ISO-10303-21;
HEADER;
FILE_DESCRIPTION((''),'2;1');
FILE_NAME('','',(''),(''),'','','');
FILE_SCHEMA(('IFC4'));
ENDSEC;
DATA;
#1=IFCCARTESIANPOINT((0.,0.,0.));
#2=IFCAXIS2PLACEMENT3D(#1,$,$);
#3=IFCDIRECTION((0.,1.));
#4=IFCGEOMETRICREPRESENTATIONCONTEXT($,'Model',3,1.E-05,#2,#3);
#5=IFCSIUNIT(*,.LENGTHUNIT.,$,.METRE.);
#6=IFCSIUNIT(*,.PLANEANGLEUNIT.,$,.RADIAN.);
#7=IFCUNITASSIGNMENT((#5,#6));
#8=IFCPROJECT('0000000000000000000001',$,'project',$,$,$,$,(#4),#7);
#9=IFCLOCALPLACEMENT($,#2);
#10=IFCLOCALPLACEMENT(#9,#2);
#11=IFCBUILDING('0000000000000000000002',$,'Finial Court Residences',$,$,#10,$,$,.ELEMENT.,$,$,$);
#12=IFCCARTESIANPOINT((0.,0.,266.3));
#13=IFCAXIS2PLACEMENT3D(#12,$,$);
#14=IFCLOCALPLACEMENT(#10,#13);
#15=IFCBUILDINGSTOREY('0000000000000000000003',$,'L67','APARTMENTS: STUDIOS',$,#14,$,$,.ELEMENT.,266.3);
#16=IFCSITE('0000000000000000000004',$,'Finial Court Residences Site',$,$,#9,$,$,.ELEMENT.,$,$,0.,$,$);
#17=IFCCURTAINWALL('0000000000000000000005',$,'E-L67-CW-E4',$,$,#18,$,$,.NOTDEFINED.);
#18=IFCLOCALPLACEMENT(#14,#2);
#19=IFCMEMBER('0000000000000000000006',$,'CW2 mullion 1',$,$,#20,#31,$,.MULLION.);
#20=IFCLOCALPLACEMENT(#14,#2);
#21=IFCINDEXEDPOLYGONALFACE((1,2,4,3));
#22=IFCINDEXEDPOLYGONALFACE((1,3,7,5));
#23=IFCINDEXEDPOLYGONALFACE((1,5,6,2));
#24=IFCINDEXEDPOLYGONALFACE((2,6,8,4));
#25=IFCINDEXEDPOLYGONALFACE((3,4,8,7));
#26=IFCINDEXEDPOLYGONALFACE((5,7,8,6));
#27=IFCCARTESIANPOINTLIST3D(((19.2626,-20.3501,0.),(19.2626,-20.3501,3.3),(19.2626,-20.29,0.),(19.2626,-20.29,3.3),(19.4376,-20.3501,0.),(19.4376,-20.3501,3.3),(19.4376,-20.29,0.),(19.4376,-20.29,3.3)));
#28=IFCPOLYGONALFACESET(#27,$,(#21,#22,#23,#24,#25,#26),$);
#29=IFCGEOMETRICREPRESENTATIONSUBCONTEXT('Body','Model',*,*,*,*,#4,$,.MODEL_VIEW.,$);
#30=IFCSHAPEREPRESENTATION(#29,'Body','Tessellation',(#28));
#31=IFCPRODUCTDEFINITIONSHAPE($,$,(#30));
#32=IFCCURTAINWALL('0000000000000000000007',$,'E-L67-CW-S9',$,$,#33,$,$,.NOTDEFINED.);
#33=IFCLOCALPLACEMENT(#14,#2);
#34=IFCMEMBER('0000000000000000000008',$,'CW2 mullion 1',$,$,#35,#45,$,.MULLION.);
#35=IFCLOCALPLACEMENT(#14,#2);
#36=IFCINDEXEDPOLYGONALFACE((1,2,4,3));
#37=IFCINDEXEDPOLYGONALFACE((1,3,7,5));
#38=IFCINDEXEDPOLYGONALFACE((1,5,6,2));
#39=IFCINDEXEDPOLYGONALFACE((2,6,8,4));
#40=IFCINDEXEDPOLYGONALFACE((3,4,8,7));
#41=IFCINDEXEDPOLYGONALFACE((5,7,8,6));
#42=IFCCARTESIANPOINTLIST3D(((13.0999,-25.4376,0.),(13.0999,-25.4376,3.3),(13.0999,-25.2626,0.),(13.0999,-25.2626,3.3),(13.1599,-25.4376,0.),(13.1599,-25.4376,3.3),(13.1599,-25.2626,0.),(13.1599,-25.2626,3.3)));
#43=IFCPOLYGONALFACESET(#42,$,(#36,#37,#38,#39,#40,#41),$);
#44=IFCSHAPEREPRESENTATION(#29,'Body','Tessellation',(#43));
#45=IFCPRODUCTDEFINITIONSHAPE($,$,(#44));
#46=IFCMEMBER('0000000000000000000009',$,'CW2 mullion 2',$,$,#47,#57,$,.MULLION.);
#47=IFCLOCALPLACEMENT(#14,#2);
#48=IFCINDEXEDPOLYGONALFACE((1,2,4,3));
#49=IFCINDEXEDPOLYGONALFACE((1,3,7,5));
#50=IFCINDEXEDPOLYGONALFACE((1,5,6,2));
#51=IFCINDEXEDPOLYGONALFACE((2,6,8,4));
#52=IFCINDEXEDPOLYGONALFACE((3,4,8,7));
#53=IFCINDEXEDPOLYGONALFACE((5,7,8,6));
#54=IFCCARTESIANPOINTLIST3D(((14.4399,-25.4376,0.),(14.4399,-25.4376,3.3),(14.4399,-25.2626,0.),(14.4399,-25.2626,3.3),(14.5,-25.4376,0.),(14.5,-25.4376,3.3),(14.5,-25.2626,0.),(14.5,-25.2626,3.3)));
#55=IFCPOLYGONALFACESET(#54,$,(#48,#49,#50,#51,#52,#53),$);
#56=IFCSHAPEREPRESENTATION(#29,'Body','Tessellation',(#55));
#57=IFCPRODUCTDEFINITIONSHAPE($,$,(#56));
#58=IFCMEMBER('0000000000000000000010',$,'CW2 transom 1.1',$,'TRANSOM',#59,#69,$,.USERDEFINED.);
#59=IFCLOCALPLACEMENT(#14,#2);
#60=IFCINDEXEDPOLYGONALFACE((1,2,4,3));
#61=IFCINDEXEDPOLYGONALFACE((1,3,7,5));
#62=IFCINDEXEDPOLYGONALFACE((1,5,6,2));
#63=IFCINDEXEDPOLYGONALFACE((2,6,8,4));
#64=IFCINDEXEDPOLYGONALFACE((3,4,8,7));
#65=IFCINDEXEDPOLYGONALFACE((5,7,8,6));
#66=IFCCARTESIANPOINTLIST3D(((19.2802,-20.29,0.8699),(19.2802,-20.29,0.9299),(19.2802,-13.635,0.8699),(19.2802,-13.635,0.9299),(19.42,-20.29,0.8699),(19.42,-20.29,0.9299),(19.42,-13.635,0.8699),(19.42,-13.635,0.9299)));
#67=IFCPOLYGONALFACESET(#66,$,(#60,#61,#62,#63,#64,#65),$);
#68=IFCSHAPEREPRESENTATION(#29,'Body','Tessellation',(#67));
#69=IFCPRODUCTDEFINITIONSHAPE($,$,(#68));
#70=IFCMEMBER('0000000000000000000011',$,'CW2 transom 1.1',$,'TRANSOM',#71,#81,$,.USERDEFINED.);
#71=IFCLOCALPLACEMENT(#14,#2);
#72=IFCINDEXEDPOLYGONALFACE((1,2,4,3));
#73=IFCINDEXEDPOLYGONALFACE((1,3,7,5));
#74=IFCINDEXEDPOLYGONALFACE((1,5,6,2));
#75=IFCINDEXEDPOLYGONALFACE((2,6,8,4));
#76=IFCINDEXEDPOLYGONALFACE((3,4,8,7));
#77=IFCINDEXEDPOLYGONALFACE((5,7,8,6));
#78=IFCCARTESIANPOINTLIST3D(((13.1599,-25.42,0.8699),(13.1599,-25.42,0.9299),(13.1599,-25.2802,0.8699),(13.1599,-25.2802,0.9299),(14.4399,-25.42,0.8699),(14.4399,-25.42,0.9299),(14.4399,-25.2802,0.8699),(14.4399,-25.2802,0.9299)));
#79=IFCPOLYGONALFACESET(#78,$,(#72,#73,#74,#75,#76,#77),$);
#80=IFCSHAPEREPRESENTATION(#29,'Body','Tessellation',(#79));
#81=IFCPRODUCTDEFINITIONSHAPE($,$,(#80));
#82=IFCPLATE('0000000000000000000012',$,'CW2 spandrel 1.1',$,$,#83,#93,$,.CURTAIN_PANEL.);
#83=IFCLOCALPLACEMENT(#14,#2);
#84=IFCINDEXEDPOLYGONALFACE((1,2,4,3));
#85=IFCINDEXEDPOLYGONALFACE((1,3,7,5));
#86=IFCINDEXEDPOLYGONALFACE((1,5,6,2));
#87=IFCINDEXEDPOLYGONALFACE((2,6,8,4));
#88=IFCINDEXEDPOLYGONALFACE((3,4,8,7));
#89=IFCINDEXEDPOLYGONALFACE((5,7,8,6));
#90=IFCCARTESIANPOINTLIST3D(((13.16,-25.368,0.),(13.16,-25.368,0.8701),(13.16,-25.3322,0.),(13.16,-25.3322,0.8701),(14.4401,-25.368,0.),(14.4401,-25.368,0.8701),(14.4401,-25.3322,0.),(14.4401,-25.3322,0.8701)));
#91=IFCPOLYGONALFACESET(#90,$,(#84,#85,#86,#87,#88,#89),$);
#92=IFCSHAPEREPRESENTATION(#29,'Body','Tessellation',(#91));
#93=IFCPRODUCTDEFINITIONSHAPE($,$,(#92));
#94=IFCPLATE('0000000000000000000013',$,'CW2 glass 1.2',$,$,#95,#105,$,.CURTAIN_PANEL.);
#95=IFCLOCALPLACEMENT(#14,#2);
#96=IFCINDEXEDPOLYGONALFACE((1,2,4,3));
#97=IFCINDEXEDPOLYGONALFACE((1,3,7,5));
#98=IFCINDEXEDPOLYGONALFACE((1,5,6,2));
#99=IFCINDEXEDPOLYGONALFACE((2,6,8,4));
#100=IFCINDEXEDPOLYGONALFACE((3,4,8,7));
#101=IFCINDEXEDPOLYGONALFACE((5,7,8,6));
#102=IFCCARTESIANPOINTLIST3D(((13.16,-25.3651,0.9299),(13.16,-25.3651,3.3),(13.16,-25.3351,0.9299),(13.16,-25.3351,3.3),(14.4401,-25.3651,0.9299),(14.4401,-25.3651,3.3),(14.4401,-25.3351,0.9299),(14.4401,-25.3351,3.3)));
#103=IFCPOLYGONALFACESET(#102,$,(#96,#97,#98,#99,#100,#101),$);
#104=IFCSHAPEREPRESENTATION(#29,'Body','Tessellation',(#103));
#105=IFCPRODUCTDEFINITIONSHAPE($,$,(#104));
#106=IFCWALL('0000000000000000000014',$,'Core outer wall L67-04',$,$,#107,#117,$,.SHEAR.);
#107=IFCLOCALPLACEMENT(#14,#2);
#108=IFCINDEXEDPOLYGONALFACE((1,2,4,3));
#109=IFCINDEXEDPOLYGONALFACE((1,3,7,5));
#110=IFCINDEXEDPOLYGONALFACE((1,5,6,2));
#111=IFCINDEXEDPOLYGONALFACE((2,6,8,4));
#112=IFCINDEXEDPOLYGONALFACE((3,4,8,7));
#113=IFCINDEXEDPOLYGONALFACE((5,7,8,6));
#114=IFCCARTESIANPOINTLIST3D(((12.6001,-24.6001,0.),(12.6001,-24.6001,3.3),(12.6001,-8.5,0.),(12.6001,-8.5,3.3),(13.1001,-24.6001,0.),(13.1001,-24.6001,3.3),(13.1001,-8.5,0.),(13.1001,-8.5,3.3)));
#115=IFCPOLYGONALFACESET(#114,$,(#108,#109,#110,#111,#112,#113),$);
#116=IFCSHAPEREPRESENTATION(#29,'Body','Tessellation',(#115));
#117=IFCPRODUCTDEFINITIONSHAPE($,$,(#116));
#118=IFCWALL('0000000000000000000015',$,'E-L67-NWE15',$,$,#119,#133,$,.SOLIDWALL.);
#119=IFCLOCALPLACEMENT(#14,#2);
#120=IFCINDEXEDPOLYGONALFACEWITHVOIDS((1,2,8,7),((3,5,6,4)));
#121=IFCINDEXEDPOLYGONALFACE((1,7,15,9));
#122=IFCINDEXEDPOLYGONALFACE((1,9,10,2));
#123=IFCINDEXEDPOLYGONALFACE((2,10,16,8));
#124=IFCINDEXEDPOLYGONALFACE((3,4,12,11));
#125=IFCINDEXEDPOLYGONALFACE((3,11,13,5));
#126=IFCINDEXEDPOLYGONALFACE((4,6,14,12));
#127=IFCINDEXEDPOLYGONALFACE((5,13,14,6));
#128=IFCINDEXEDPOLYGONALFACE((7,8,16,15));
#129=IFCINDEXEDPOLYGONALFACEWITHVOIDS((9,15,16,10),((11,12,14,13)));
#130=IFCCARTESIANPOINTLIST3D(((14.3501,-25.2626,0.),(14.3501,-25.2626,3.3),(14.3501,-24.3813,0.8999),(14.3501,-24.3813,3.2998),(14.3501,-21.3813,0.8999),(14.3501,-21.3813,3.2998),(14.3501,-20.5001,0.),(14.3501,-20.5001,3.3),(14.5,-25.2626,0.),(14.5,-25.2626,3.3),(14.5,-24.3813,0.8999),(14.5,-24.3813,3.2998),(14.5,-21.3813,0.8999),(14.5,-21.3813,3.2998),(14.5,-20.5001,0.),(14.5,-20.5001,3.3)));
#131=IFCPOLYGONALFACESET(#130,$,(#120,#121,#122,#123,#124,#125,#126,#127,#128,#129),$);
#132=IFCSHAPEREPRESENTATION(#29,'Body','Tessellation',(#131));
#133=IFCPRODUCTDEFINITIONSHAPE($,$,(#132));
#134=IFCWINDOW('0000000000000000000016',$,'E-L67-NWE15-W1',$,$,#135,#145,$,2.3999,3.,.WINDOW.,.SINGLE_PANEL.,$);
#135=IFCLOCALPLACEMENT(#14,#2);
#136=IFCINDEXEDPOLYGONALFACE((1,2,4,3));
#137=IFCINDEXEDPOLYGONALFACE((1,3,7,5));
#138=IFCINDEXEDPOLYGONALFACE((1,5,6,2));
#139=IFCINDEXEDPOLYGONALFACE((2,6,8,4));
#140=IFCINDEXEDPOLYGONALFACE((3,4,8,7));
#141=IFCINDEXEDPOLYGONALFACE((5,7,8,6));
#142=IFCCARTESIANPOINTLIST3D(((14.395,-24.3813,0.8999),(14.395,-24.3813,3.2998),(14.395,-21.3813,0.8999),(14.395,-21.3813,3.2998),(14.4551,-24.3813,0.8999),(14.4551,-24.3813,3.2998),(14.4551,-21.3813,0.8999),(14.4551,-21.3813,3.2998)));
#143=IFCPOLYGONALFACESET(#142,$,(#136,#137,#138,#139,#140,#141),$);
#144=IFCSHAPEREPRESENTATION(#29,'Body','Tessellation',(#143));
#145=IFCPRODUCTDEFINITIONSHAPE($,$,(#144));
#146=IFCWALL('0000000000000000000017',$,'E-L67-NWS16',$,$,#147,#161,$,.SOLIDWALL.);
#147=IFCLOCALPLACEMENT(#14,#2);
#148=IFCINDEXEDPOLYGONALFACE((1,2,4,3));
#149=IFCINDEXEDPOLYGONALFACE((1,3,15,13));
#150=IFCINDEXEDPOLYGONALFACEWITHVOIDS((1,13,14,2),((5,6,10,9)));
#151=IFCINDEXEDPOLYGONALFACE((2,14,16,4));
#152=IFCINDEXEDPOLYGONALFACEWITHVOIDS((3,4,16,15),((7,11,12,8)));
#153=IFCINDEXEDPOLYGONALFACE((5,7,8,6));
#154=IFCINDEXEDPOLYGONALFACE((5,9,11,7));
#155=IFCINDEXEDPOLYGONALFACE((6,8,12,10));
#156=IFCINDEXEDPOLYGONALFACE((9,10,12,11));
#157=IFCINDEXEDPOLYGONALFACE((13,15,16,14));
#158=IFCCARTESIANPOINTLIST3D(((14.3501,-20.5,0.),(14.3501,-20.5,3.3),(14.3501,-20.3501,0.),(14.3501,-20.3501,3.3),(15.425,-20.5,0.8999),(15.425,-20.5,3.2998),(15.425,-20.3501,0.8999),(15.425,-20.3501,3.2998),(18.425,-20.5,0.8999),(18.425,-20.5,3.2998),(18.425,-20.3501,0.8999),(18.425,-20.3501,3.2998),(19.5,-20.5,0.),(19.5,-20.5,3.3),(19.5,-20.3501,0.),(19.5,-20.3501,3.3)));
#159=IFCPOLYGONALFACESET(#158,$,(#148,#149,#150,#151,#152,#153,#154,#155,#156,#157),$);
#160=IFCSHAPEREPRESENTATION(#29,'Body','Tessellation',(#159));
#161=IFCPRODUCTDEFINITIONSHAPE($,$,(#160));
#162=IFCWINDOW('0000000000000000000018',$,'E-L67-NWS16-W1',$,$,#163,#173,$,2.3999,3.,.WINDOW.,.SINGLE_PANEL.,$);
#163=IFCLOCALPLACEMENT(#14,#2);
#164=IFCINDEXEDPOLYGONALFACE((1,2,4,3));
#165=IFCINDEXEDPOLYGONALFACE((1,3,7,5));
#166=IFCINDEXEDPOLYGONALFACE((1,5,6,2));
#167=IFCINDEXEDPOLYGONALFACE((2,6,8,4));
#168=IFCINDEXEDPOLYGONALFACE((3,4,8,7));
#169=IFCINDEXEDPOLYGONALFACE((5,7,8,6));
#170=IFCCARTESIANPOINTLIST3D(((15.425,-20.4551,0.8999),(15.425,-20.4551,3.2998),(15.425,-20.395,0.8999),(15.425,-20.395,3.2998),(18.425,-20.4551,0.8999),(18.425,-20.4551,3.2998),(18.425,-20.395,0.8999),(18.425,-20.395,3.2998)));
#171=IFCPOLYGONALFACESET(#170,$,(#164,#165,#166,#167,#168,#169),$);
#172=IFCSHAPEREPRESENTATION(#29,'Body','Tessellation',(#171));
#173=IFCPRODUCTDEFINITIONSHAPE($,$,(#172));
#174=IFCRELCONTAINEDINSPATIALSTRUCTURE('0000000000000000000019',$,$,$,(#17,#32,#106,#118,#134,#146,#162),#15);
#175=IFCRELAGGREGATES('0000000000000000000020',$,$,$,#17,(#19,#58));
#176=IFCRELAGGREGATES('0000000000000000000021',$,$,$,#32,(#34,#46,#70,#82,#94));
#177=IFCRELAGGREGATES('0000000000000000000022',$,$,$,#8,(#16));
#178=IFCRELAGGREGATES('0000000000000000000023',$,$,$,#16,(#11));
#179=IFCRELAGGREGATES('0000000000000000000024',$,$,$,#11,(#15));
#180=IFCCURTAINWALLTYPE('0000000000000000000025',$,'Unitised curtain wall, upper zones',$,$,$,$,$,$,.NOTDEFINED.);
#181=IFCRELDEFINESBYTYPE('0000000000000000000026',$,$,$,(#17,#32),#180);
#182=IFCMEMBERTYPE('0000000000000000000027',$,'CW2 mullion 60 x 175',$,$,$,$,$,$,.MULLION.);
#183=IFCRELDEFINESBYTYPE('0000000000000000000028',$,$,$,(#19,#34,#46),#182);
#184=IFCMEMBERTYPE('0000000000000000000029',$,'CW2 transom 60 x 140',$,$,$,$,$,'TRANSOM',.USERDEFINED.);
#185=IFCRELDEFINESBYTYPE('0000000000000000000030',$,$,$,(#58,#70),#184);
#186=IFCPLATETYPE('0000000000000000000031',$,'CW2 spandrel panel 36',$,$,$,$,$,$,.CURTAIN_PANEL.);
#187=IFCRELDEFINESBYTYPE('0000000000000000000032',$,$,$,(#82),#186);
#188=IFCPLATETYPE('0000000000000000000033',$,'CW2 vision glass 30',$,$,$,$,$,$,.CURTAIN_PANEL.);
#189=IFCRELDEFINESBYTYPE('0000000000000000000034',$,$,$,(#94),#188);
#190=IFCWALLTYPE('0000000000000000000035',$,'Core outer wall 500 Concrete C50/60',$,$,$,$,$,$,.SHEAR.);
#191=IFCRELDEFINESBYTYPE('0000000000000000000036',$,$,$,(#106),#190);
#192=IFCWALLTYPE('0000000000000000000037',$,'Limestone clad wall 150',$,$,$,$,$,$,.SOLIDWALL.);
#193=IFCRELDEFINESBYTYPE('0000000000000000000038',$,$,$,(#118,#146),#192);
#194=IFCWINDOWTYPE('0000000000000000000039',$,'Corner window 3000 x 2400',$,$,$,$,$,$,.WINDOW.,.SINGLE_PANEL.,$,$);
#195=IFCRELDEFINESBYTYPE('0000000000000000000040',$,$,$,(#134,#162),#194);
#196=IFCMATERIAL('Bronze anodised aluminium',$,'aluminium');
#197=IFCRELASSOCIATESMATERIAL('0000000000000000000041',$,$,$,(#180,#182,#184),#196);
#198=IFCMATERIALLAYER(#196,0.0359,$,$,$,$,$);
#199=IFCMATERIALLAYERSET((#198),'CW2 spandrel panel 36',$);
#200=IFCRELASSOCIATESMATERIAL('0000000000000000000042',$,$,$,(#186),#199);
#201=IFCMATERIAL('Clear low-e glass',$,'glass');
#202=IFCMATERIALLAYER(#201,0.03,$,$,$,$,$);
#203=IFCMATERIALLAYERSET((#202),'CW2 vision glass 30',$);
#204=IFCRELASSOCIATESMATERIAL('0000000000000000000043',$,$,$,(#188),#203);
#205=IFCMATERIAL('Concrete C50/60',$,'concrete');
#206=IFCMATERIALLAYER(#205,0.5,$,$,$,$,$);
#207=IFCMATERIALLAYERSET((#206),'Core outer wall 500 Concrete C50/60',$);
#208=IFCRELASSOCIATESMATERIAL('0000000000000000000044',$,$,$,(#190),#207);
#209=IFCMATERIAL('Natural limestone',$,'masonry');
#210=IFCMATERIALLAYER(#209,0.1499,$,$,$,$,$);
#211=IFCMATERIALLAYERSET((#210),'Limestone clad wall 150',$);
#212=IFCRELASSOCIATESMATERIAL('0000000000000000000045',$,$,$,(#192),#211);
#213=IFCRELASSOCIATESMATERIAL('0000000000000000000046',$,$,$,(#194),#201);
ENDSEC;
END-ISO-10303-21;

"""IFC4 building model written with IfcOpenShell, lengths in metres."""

from ifc_helpers import new_model, si_unit, direction, frame, frame_2d, origin, origin_2d, place, context, subcontext, project, spatial, rectangle, extrude, material, layer, layer_set, material_profile, profile_set, type_object, element, fill, aggregate, save


model = new_model("IFC4")

# Units and contexts
model_context = context("Model", 3, precision=1e-05, world=origin(), true_north=direction((0.0, 1.0)))
body_context = subcontext(model_context, "Body", "Model", "MODEL_VIEW")
ifc_project = project(units=[si_unit("LENGTHUNIT", "METRE"), si_unit("PLANEANGLEUNIT", "RADIAN")], contexts=[model_context])

# Site, building, storey
site_placement = place(None, origin())
site = spatial("IfcSite", under=ifc_project, at=site_placement, Name="Finial Court Residences Site", CompositionType="ELEMENT", RefElevation=0.0)
building_placement = place(site_placement, origin())
building = spatial("IfcBuilding", under=site, at=building_placement, Name="Finial Court Residences", CompositionType="ELEMENT")
storey_placement = place(building_placement, frame((0.0, 0.0, 266.3)))
storey = spatial("IfcBuildingStorey", under=building, at=storey_placement, Name="L67", Description="APARTMENTS: STUDIOS", CompositionType="ELEMENT", Elevation=266.3)

# Curtain wall, member
ifc_material_1 = material(Name="Bronze anodised aluminium", Category="aluminium")
curtain_wall_type = type_object("IfcCurtainWallType", Name="Unitised curtain wall, upper zones", PredefinedType="NOTDEFINED", material=ifc_material_1)
curtain_wall_1_placement = place(storey_placement, origin())
curtain_wall_1 = element("IfcCurtainWall", 1, at=curtain_wall_1_placement, inside=storey, type_object=curtain_wall_type, Name="E-L67-CW-E4", PredefinedType="NOTDEFINED")
ifc_material_profile_1 = material_profile(ifc_material_1, rectangle(XDim=0.175, YDim=0.0601, at=origin_2d()), Name="CW2 mullion 60 x 175")
ifc_profile_set_1 = profile_set([ifc_material_profile_1], Name="Bronze anodised aluminium")
member_type_1 = type_object("IfcMemberType", Name="CW2 mullion 60 x 175", PredefinedType="MULLION", material=ifc_profile_set_1)
member_1_placement = place(storey_placement, frame((19.3501, -20.3201, 0.0), z_axis=(0.0, 0.0, 1.0), x_axis=(-1.0, 0.0, 0.0)))
member_1 = element("IfcMember", 2, at=member_1_placement, type_object=member_type_1, Name="CW2 mullion 1", PredefinedType="MULLION", context=body_context, shape_type="SweptSolid", body=[
    extrude(rectangle(XDim=0.175, YDim=0.0601, at=origin_2d()), origin(), (0.0, 0.0, 1.0), 3.3),
])

# Curtain wall, members
curtain_wall_2_placement = place(storey_placement, origin())
curtain_wall_2 = element("IfcCurtainWall", 3, at=curtain_wall_2_placement, inside=storey, type_object=curtain_wall_type, Name="E-L67-CW-S9", PredefinedType="NOTDEFINED")
member_2_placement = place(storey_placement, frame((13.1299, -25.3501, 0.0), z_axis=(0.0, 0.0, 1.0), x_axis=(0.0, 1.0, 0.0)))
member_2 = element("IfcMember", 4, at=member_2_placement, type_object=member_type_1, Name="CW2 mullion 1", PredefinedType="MULLION", context=body_context, shape_type="SweptSolid", body=[
    extrude(rectangle(XDim=0.175, YDim=0.0601, at=origin_2d()), origin(), (0.0, 0.0, 1.0), 3.3),
])
member_3_placement = place(storey_placement, frame((14.47, -25.3501, 0.0), z_axis=(0.0, 0.0, 1.0), x_axis=(0.0, 1.0, 0.0)))
member_3 = element("IfcMember", 5, at=member_3_placement, type_object=member_type_1, Name="CW2 mullion 2", PredefinedType="MULLION", context=body_context, shape_type="SweptSolid", body=[
    extrude(rectangle(XDim=0.175, YDim=0.0601, at=origin_2d()), origin(), (0.0, 0.0, 1.0), 3.3),
])

# Members
ifc_material_profile_2 = material_profile(ifc_material_1, rectangle(XDim=0.1399, YDim=0.0601, at=origin_2d()), Name="CW2 transom 60 x 140")
ifc_profile_set_2 = profile_set([ifc_material_profile_2], Name="Bronze anodised aluminium")
member_type_2 = type_object("IfcMemberType", Name="CW2 transom 60 x 140", ElementType="TRANSOM", PredefinedType="USERDEFINED", material=ifc_profile_set_2)
member_4_placement = place(storey_placement, frame((19.3501, -20.29, 0.8999), z_axis=(0.0, 1.0, 0.0), x_axis=(-1.0, 0.0, 0.0)))
member_4 = element("IfcMember", 6, at=member_4_placement, type_object=member_type_2, Name="CW2 transom 1.1", ObjectType="TRANSOM", PredefinedType="USERDEFINED", context=body_context, shape_type="SweptSolid", body=[
    extrude(rectangle(XDim=0.1399, YDim=0.0601, at=origin_2d()), origin(), (0.0, 0.0, 1.0), 6.655),
])
aggregate(curtain_wall_1, [member_1, member_4])
member_5_placement = place(storey_placement, frame((13.1599, -25.3501, 0.8999), z_axis=(1.0, 0.0, 0.0), x_axis=(0.0, 1.0, 0.0)))
member_5 = element("IfcMember", 7, at=member_5_placement, type_object=member_type_2, Name="CW2 transom 1.1", ObjectType="TRANSOM", PredefinedType="USERDEFINED", context=body_context, shape_type="SweptSolid", body=[
    extrude(rectangle(XDim=0.1399, YDim=0.0601, at=origin_2d()), origin(), (0.0, 0.0, 1.0), 1.28),
])

# Plates
ifc_layer_1 = layer(ifc_material_1, 0.0359)
ifc_layer_set_1 = layer_set([ifc_layer_1], Name="CW2 spandrel panel 36")
plate_type_1 = type_object("IfcPlateType", Name="CW2 spandrel panel 36", PredefinedType="CURTAIN_PANEL", material=ifc_layer_set_1)
plate_1_placement = place(storey_placement, frame((13.8, -25.3501, 0.0), z_axis=(0.0, 0.0, 1.0), x_axis=(1.0, 0.0, 0.0)))
plate_1 = element("IfcPlate", 8, at=plate_1_placement, type_object=plate_type_1, Name="CW2 spandrel 1.1", PredefinedType="CURTAIN_PANEL", context=body_context, shape_type="SweptSolid", body=[
    extrude(rectangle(XDim=1.28, YDim=0.0359, at=origin_2d()), origin(), (0.0, 0.0, 1.0), 0.8701),
])
ifc_material_2 = material(Name="Clear low-e glass", Category="glass")
ifc_layer_2 = layer(ifc_material_2, 0.03)
ifc_layer_set_2 = layer_set([ifc_layer_2], Name="CW2 vision glass 30")
plate_type_2 = type_object("IfcPlateType", Name="CW2 vision glass 30", PredefinedType="CURTAIN_PANEL", material=ifc_layer_set_2)
plate_2_placement = place(storey_placement, frame((13.8, -25.3501, 0.9299), z_axis=(0.0, 0.0, 1.0), x_axis=(1.0, 0.0, 0.0)))
plate_2 = element("IfcPlate", 9, at=plate_2_placement, type_object=plate_type_2, Name="CW2 glass 1.2", PredefinedType="CURTAIN_PANEL", context=body_context, shape_type="SweptSolid", body=[
    extrude(rectangle(XDim=1.28, YDim=0.03, at=origin_2d()), origin(), (0.0, 0.0, 1.0), 2.3701),
])
aggregate(curtain_wall_2, [member_2, member_3, member_5, plate_1, plate_2])

# Wall
ifc_material_3 = material(Name="Concrete C50/60", Category="concrete")
ifc_layer_3 = layer(ifc_material_3, 0.5)
ifc_layer_set_3 = layer_set([ifc_layer_3], Name="Core outer wall 500 Concrete C50/60")
wall_type_1 = type_object("IfcWallType", Name="Core outer wall 500 Concrete C50/60", PredefinedType="SHEAR", material=ifc_layer_set_3)
wall_1_placement = place(storey_placement, frame((12.8501, -24.6001, 0.0), z_axis=(0.0, 0.0, 1.0), x_axis=(0.0, 1.0, 0.0)))
element("IfcWall", 10, at=wall_1_placement, inside=storey, type_object=wall_type_1, Name="Core outer wall L67-04", PredefinedType="SHEAR", context=body_context, shape_type="SweptSolid", body=[
    extrude(rectangle(XDim=16.1001, YDim=0.5, at=frame_2d((8.05, 0.0))), origin(), (0.0, 0.0, 1.0), 3.3),
])

# Walls, openings, windows
ifc_material_4 = material(Name="Natural limestone", Category="masonry")
ifc_layer_4 = layer(ifc_material_4, 0.1499)
ifc_layer_set_4 = layer_set([ifc_layer_4], Name="Limestone clad wall 150")
wall_type_2 = type_object("IfcWallType", Name="Limestone clad wall 150", PredefinedType="SOLIDWALL", material=ifc_layer_set_4)
wall_2_placement = place(storey_placement, frame((14.425, -20.5, 0.0), z_axis=(0.0, 0.0, 1.0), x_axis=(0.0, -1.0, 0.0)))
wall_2 = element("IfcWall", 11, at=wall_2_placement, inside=storey, type_object=wall_type_2, Name="E-L67-NWE15", PredefinedType="SOLIDWALL", context=body_context, shape_type="SweptSolid", body=[
    extrude(rectangle(XDim=4.7625, YDim=0.1499, at=frame_2d((2.3813, 0.0))), origin(), (0.0, 0.0, 1.0), 3.3),
])
opening_1_placement = place(wall_2_placement, frame((0.8813, 0.0, 0.8999)))
opening_1 = element("IfcOpeningElement", 12, at=opening_1_placement, cuts=wall_2, PredefinedType="OPENING", context=body_context, shape_type="SweptSolid", body=[
    extrude(rectangle(XDim=3.0, YDim=2.3999, at=frame_2d((1.5, 1.2))), frame((0.0, 0.085, 0.0), z_axis=(0.0, -1.0, 0.0), x_axis=(1.0, 0.0, 0.0)), (0.0, 0.0, 1.0), 0.1699),
])
window_type = type_object("IfcWindowType", Name="Corner window 3000 x 2400", PartitioningType="SINGLE_PANEL", PredefinedType="WINDOW", material=ifc_material_2)
window_1_placement = place(opening_1_placement, origin())
window_1 = element("IfcWindow", 13, at=window_1_placement, inside=storey, type_object=window_type, Name="E-L67-NWE15-W1", OverallHeight=2.3999, OverallWidth=3.0, PartitioningType="SINGLE_PANEL", PredefinedType="WINDOW", context=body_context, shape_type="SweptSolid", body=[
    extrude(rectangle(XDim=3.0, YDim=2.3999, at=frame_2d((1.5, 1.2))), frame((0.0, 0.03, 0.0), z_axis=(0.0, -1.0, 0.0), x_axis=(1.0, 0.0, 0.0)), (0.0, 0.0, 1.0), 0.0601),
])
fill(opening_1, window_1)
wall_3_placement = place(storey_placement, frame((19.5, -20.425, 0.0), z_axis=(0.0, 0.0, 1.0), x_axis=(-1.0, 0.0, 0.0)))
wall_3 = element("IfcWall", 14, at=wall_3_placement, inside=storey, type_object=wall_type_2, Name="E-L67-NWS16", PredefinedType="SOLIDWALL", context=body_context, shape_type="SweptSolid", body=[
    extrude(rectangle(XDim=5.1499, YDim=0.1499, at=frame_2d((2.575, 0.0))), origin(), (0.0, 0.0, 1.0), 3.3),
])
opening_2_placement = place(wall_3_placement, frame((1.075, 0.0, 0.8999)))
opening_2 = element("IfcOpeningElement", 15, at=opening_2_placement, cuts=wall_3, PredefinedType="OPENING", context=body_context, shape_type="SweptSolid", body=[
    extrude(rectangle(XDim=3.0, YDim=2.3999, at=frame_2d((1.5, 1.2))), frame((0.0, 0.085, 0.0), z_axis=(0.0, -1.0, 0.0), x_axis=(1.0, 0.0, 0.0)), (0.0, 0.0, 1.0), 0.1699),
])
window_2_placement = place(opening_2_placement, origin())
window_2 = element("IfcWindow", 16, at=window_2_placement, inside=storey, type_object=window_type, Name="E-L67-NWS16-W1", OverallHeight=2.3999, OverallWidth=3.0, PartitioningType="SINGLE_PANEL", PredefinedType="WINDOW", context=body_context, shape_type="SweptSolid", body=[
    extrude(rectangle(XDim=3.0, YDim=2.3999, at=frame_2d((1.5, 1.2))), frame((0.0, 0.03, 0.0), z_axis=(0.0, -1.0, 0.0), x_axis=(1.0, 0.0, 0.0)), (0.0, 0.0, 1.0), 0.0601),
])
fill(opening_2, window_2)

save(model, "model.ifc")
